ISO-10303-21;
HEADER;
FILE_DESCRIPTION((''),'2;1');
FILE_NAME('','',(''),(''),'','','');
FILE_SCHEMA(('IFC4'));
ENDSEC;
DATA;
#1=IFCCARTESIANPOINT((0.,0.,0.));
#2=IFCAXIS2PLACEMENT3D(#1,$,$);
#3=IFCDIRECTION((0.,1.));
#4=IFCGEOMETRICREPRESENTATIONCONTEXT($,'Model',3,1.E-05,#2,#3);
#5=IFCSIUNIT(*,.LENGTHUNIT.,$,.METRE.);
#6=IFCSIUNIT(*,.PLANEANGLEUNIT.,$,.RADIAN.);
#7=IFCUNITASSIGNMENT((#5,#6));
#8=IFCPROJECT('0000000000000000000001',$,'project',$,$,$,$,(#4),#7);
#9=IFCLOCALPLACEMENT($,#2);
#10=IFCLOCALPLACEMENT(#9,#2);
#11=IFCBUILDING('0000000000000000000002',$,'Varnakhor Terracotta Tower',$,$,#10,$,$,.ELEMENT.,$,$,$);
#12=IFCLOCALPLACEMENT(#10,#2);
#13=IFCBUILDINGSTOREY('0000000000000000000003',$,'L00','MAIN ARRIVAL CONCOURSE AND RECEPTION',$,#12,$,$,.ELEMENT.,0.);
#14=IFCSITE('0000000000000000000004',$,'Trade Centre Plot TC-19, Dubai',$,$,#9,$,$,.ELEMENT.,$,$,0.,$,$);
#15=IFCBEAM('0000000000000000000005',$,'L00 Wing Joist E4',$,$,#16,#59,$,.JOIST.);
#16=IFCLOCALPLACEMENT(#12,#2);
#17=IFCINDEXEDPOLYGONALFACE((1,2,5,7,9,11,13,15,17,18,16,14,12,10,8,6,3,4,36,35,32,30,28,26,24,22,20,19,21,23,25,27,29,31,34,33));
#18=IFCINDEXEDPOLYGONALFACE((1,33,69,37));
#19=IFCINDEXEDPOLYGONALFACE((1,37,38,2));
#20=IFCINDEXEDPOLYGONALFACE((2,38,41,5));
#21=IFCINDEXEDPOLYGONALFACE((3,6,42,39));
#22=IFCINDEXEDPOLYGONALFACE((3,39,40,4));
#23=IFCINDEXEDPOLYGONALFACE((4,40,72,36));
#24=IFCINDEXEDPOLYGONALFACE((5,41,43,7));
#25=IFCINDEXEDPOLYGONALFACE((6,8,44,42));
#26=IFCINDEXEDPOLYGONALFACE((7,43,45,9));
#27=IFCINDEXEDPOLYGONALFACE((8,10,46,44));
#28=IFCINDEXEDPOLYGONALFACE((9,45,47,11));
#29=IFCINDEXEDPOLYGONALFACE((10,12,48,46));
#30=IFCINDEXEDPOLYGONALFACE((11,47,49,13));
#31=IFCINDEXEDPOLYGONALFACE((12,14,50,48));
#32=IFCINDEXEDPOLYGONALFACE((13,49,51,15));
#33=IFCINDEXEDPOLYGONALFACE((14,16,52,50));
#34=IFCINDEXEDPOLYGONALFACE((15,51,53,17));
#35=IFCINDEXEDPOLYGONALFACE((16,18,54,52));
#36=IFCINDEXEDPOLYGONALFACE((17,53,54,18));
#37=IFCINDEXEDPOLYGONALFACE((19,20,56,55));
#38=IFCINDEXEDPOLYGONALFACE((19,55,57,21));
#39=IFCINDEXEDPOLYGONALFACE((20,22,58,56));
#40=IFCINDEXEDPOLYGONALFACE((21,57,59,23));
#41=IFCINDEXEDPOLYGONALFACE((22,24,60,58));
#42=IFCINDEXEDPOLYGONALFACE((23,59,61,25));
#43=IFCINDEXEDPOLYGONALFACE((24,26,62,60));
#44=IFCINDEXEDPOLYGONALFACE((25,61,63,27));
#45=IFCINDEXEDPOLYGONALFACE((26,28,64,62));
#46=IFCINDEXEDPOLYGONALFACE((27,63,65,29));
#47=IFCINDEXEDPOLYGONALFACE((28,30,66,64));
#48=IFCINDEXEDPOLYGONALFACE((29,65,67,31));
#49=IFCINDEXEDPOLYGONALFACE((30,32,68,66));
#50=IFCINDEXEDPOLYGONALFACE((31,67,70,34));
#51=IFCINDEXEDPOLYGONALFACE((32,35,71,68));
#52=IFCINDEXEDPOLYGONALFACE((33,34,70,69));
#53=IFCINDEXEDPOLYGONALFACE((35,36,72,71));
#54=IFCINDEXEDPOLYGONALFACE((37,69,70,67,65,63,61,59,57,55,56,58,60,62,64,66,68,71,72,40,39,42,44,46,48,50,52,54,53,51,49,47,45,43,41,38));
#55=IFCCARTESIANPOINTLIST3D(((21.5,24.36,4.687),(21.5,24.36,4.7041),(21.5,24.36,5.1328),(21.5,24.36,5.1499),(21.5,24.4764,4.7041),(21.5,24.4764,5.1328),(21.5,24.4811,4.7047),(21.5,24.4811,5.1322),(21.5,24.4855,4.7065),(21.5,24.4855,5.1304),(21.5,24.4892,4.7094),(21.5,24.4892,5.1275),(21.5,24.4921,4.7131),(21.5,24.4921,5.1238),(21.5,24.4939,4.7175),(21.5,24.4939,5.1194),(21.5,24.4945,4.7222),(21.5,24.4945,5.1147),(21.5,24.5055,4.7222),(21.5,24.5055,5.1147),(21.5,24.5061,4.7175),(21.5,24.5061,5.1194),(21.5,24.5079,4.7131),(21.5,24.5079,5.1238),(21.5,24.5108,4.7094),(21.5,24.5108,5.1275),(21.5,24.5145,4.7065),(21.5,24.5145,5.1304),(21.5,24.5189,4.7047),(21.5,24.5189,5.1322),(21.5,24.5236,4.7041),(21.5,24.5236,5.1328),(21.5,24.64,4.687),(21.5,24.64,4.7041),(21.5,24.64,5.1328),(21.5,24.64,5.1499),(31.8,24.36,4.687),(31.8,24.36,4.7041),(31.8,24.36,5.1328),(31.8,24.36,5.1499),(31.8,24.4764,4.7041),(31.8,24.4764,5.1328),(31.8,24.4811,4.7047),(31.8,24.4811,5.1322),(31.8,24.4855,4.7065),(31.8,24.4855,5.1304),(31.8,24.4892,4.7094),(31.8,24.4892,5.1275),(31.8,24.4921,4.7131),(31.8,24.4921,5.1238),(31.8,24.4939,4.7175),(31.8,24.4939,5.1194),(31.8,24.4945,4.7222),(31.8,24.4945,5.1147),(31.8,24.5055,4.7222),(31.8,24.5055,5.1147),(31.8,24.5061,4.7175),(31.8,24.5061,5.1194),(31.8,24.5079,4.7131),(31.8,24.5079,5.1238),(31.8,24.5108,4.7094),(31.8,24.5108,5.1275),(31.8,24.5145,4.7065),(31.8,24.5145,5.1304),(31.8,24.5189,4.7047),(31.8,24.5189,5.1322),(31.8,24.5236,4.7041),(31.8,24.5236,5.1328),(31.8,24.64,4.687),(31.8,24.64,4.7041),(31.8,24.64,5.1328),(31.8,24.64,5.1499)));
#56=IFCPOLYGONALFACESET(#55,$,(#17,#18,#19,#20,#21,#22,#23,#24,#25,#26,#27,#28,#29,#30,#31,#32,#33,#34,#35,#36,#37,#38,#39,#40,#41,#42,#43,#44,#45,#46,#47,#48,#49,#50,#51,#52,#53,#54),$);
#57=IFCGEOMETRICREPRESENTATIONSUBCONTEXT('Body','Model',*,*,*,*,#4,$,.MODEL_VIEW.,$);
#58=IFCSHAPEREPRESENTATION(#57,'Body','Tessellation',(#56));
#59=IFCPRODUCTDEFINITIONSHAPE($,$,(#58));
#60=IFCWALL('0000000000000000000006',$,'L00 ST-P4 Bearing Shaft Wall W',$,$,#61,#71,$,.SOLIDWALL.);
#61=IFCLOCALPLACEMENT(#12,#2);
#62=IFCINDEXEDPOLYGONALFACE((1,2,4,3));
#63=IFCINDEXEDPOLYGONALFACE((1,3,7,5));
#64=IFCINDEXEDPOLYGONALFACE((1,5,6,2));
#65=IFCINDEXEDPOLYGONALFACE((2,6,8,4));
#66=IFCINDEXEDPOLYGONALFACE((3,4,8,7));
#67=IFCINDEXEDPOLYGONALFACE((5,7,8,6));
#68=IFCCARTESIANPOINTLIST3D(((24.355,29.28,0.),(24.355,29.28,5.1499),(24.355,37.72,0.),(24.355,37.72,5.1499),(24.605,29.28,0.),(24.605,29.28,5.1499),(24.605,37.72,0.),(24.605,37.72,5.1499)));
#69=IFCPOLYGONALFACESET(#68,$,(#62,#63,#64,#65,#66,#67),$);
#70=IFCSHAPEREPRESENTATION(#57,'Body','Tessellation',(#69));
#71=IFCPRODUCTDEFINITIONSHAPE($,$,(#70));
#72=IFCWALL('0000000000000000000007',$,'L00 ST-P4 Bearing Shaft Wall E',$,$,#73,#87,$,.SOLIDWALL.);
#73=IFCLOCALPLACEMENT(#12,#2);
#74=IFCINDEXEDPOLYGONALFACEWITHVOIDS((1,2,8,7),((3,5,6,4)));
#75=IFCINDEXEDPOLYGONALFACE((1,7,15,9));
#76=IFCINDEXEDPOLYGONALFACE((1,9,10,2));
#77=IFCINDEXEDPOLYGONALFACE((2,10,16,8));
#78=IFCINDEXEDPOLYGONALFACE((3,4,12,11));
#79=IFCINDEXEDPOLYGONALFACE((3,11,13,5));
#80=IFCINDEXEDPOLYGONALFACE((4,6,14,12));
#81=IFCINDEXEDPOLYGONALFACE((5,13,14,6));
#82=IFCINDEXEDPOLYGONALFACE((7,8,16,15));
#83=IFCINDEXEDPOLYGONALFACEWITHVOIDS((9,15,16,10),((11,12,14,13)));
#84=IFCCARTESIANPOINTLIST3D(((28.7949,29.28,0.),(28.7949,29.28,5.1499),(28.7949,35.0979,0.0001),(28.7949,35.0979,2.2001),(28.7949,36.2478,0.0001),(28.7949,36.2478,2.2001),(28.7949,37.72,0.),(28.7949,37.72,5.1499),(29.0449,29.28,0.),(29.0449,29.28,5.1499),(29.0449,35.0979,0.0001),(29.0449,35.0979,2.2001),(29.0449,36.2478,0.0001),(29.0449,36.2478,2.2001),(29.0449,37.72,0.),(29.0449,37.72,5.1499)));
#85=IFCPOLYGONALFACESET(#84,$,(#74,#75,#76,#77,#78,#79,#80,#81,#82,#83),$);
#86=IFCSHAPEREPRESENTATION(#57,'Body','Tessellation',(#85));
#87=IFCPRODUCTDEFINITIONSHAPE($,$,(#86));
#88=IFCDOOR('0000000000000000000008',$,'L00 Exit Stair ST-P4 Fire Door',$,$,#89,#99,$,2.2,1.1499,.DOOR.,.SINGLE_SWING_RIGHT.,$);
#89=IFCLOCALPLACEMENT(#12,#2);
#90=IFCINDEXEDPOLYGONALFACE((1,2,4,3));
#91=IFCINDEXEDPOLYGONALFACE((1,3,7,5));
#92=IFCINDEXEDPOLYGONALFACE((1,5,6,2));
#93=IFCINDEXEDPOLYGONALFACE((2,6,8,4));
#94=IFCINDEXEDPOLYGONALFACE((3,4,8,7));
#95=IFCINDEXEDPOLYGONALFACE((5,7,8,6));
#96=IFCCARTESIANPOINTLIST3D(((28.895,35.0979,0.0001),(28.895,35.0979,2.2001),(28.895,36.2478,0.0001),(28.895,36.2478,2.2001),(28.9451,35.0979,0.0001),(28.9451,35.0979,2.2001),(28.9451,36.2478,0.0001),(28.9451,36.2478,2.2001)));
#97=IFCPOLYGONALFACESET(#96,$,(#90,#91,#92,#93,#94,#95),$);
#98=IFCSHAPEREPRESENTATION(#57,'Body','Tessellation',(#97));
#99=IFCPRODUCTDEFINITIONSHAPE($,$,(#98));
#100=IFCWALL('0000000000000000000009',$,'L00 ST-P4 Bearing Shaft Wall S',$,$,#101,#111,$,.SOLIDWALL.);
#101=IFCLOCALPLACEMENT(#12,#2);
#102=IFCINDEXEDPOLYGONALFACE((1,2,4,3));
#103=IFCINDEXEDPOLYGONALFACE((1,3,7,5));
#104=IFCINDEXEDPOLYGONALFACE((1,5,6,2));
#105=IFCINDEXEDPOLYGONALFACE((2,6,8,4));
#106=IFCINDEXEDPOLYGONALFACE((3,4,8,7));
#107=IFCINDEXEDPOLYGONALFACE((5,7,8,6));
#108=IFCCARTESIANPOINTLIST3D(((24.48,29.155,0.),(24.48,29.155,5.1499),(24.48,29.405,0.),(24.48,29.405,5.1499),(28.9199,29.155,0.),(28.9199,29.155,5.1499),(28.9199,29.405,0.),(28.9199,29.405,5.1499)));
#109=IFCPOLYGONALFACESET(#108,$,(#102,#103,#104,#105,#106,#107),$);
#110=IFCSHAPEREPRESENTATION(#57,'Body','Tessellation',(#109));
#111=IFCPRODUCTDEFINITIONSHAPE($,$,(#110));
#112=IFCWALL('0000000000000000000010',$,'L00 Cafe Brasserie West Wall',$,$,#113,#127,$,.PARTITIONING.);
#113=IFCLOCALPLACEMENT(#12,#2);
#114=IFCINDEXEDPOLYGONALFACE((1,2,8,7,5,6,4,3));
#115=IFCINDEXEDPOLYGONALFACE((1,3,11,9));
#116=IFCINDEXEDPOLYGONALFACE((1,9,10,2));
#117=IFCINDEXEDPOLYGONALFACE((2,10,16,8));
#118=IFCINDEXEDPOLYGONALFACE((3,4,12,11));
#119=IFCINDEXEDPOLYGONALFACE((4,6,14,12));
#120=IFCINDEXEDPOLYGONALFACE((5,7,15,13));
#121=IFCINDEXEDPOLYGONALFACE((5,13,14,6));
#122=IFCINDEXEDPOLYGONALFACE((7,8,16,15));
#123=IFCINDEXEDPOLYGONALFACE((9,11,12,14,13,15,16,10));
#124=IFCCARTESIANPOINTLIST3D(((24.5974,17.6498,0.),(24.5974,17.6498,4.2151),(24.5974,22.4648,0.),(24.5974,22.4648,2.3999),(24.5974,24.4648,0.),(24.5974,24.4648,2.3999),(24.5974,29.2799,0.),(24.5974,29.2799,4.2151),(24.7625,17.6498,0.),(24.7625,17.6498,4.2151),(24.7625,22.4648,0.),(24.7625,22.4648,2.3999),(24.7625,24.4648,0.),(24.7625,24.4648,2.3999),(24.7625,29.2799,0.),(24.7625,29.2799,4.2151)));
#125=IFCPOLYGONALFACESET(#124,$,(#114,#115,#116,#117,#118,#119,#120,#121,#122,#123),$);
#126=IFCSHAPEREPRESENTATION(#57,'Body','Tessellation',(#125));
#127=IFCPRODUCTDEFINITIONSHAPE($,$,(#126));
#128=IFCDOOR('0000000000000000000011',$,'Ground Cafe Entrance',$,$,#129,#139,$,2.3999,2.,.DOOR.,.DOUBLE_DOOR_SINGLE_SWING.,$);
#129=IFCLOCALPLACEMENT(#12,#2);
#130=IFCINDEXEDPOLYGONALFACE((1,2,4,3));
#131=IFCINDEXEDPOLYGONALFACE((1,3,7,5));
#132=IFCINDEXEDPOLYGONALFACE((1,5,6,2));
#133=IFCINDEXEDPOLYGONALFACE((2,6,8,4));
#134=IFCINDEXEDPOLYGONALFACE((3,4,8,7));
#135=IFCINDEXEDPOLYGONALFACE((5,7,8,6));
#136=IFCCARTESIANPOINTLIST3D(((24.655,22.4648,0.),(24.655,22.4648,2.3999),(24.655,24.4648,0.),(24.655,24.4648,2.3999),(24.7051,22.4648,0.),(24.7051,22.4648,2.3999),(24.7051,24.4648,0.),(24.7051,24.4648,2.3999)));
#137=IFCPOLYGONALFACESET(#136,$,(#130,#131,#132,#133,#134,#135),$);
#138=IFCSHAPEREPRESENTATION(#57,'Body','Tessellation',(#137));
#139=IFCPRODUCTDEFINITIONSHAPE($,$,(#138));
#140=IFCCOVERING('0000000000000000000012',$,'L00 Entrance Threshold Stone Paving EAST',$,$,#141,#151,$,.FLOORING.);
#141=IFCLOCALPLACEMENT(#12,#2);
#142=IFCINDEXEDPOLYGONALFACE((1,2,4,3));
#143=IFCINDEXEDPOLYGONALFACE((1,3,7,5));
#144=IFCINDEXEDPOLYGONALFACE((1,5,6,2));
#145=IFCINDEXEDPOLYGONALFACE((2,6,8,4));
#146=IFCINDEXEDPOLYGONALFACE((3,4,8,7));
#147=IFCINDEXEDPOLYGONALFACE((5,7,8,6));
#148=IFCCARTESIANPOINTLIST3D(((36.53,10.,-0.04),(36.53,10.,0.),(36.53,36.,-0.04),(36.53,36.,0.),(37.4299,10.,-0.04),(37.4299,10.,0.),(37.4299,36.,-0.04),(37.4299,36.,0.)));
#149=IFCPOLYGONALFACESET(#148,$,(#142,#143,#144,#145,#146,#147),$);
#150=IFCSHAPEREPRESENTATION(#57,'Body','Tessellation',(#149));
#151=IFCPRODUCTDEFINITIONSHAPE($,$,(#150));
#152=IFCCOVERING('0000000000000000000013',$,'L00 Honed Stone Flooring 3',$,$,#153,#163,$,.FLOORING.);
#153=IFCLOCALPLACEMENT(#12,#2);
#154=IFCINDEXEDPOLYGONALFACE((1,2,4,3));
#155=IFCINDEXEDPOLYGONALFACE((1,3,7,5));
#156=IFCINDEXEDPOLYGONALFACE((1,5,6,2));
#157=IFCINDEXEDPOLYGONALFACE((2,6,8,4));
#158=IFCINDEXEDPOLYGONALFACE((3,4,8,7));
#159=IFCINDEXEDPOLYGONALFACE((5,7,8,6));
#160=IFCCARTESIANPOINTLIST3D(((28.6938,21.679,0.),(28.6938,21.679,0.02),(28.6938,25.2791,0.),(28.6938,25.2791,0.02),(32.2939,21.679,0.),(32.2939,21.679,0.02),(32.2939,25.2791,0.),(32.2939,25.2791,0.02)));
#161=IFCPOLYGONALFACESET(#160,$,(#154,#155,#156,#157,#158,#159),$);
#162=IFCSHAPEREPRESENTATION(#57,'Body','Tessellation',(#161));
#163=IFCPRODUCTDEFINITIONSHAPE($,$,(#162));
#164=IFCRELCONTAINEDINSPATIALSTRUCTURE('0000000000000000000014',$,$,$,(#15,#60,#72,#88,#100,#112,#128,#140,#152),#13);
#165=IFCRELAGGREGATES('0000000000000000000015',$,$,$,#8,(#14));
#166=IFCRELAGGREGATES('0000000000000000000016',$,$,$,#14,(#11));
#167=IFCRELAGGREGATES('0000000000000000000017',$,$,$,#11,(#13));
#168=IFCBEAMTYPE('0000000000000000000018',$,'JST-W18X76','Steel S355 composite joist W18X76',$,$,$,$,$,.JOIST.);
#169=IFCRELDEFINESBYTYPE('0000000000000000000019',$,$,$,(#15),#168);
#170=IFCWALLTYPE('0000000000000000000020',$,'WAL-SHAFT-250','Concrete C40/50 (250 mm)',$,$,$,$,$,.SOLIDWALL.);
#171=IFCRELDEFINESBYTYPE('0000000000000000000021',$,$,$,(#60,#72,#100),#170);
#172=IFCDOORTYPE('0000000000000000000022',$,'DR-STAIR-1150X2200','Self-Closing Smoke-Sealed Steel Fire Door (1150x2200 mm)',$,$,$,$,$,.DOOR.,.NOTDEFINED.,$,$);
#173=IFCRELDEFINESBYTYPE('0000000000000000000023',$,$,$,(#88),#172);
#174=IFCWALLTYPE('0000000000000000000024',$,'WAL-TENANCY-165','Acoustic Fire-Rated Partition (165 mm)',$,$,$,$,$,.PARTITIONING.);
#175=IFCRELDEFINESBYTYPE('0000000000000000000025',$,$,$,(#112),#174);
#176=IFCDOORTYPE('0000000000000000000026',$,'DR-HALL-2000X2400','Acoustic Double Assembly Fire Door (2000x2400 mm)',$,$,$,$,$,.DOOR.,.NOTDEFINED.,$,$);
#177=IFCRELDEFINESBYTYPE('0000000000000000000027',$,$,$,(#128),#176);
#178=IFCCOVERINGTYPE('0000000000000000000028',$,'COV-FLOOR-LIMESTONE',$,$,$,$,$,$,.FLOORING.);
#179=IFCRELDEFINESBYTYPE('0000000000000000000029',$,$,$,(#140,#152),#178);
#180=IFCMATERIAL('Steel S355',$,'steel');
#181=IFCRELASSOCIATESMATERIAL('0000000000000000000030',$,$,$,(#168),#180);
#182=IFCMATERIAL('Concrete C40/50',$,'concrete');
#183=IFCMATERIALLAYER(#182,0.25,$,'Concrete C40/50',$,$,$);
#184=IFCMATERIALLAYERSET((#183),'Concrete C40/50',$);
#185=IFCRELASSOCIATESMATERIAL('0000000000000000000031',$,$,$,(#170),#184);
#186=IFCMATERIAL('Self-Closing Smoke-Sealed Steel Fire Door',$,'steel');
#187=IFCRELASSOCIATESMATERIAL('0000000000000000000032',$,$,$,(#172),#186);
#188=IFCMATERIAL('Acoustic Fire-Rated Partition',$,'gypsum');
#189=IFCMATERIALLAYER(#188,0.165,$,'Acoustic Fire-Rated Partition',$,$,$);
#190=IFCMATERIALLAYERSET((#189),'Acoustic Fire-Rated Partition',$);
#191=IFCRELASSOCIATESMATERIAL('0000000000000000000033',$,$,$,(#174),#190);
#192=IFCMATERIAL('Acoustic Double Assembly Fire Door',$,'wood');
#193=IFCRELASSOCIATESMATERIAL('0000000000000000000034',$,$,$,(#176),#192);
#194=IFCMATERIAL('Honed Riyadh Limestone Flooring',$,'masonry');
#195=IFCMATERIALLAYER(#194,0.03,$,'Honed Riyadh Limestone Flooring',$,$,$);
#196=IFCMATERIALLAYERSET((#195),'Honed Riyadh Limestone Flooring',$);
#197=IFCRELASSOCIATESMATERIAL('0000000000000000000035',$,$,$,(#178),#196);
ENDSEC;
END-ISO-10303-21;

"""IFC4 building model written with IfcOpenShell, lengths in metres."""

from ifc_helpers import new_model, si_unit, direction, frame, frame_2d, origin, origin_2d, place, context, subcontext, project, spatial, rectangle, i_section, extrude, source, transform, mapped, material, layer, layer_set, material_profile, profile_set, type_object, type_shapes, element, fill, save


model = new_model("IFC4")

# Units and contexts
model_context = context("Model", 3, precision=1e-05, world=origin(), true_north=direction((0.0, 1.0)))
body_context = subcontext(model_context, "Body", "Model", "MODEL_VIEW")
ifc_project = project(units=[si_unit("LENGTHUNIT", "METRE"), si_unit("PLANEANGLEUNIT", "RADIAN")], contexts=[model_context])

# Site, building, storey
site_placement = place(None, origin())
site = spatial("IfcSite", under=ifc_project, at=site_placement, Name="Trade Centre Plot TC-19, Dubai", CompositionType="ELEMENT", RefElevation=0.0)
building_placement = place(site_placement, origin())
building = spatial("IfcBuilding", under=site, at=building_placement, Name="Varnakhor Terracotta Tower", CompositionType="ELEMENT")
storey_placement = place(building_placement, origin())
storey = spatial("IfcBuildingStorey", under=building, at=storey_placement, Name="L00", Description="MAIN ARRIVAL CONCOURSE AND RECEPTION", CompositionType="ELEMENT", Elevation=0.0)

# Beam
ifc_material_1 = material(Name="Steel S355", Category="steel")
ifc_material_profile_1 = material_profile(ifc_material_1, i_section(OverallWidth=0.28, OverallDepth=0.4629, WebThickness=0.011, FlangeThickness=0.0171, FilletRadius=0.0181, at=origin_2d()), Name="W18X76")
ifc_profile_set_1 = profile_set([ifc_material_profile_1], Name="Steel S355")
beam_type_1 = type_object("IfcBeamType", Name="JST-W18X76", Description="Steel S355 composite joist W18X76", PredefinedType="JOIST", material=ifc_profile_set_1)
shared_shape_1 = source(origin(), body_context, "Body", "SweptSolid", [
    extrude(i_section(OverallWidth=0.28, OverallDepth=0.4629, WebThickness=0.011, FlangeThickness=0.0171, FilletRadius=0.0181, at=origin_2d()), origin(), (0.0, 0.0, 1.0), 10.3),
])
for number, where, z_axis, x_axis, name in (
    (1, (21.5, 24.5, 4.9185), (1.0, 0.0, 0.0), (0.0, 1.0, 0.0), "L00 Wing Joist E4"),
):
    element("IfcBeam", number, at=place(storey_placement, frame(where, z_axis=z_axis, x_axis=x_axis)), inside=storey, type_object=beam_type_1, Name=name, PredefinedType="JOIST", context=body_context, shape_type="MappedRepresentation", body=[
        mapped(shared_shape_1, transform((0.0, 0.0, 0.0), scale=1.0)),
    ])

# Wall
ifc_material_2 = material(Name="Concrete C40/50", Category="concrete")
ifc_layer_1 = layer(ifc_material_2, 0.25, Name="Concrete C40/50")
ifc_layer_set_1 = layer_set([ifc_layer_1], Name="Concrete C40/50")
wall_type_1 = type_object("IfcWallType", Name="WAL-SHAFT-250", Description="Concrete C40/50 (250 mm)", PredefinedType="SOLIDWALL", material=ifc_layer_set_1)
wall_1_placement = place(storey_placement, frame((24.48, 29.28, 0.0), z_axis=(0.0, 0.0, 1.0), x_axis=(0.0, 1.0, 0.0)))
element("IfcWall", 2, at=wall_1_placement, inside=storey, type_object=wall_type_1, Name="L00 ST-P4 Bearing Shaft Wall W", PredefinedType="SOLIDWALL", context=body_context, shape_type="SweptSolid", body=[
    extrude(rectangle(XDim=8.4399, YDim=0.25, at=frame_2d((4.22, 0.0))), origin(), (0.0, 0.0, 1.0), 5.1499),
])

# Wall, opening, door
wall_2_placement = place(storey_placement, frame((28.9199, 29.28, 0.0), z_axis=(0.0, 0.0, 1.0), x_axis=(0.0, 1.0, 0.0)))
wall_2 = element("IfcWall", 3, at=wall_2_placement, inside=storey, type_object=wall_type_1, Name="L00 ST-P4 Bearing Shaft Wall E", PredefinedType="SOLIDWALL", context=body_context, shape_type="SweptSolid", body=[
    extrude(rectangle(XDim=8.4399, YDim=0.25, at=frame_2d((4.22, 0.0))), origin(), (0.0, 0.0, 1.0), 5.1499),
])
opening_1_placement = place(wall_2_placement, frame((5.8179, 0.0, 0.0)))
opening_1 = element("IfcOpeningElement", 4, at=opening_1_placement, cuts=wall_2, PredefinedType="OPENING", context=body_context, shape_type="SweptSolid", body=[
    extrude(rectangle(XDim=1.1499, YDim=2.2, at=frame_2d((0.575, 1.1001))), frame((0.0, 0.135, 0.0), z_axis=(0.0, -1.0, 0.0), x_axis=(1.0, 0.0, 0.0)), (0.0, 0.0, 1.0), 0.27),
])
ifc_material_3 = material(Name="Self-Closing Smoke-Sealed Steel Fire Door", Category="steel")
door_type_1 = type_object("IfcDoorType", Name="DR-STAIR-1150X2200", Description="Self-Closing Smoke-Sealed Steel Fire Door (1150x2200 mm)", OperationType="NOTDEFINED", PredefinedType="DOOR", material=ifc_material_3)
shared_shape_2 = source(origin(), body_context, "Body", "SweptSolid", [
    extrude(rectangle(XDim=1.1499, YDim=2.2, at=frame_2d((0.575, 1.1001))), frame((0.0, 0.0249, 0.0), z_axis=(0.0, -1.0, 0.0), x_axis=(1.0, 0.0, 0.0)), (0.0, 0.0, 1.0), 0.05),
])
type_shapes(door_type_1, [shared_shape_2])
door_1_placement = place(opening_1_placement, origin())
door_1 = element("IfcDoor", 5, at=door_1_placement, inside=storey, type_object=door_type_1, Name="L00 Exit Stair ST-P4 Fire Door", OperationType="SINGLE_SWING_RIGHT", OverallHeight=2.2, OverallWidth=1.1499, PredefinedType="DOOR", context=body_context, shape_type="MappedRepresentation", body=[
    mapped(shared_shape_2, transform((0.0, 0.0, 0.0), scale=1.0)),
])
fill(opening_1, door_1)

# Wall
wall_3_placement = place(storey_placement, frame((28.9199, 29.28, 0.0), z_axis=(0.0, 0.0, 1.0), x_axis=(-1.0, 0.0, 0.0)))
element("IfcWall", 6, at=wall_3_placement, inside=storey, type_object=wall_type_1, Name="L00 ST-P4 Bearing Shaft Wall S", PredefinedType="SOLIDWALL", context=body_context, shape_type="SweptSolid", body=[
    extrude(rectangle(XDim=4.4399, YDim=0.25, at=frame_2d((2.22, 0.0))), origin(), (0.0, 0.0, 1.0), 5.1499),
])

# Wall, opening, door
ifc_material_4 = material(Name="Acoustic Fire-Rated Partition", Category="gypsum")
ifc_layer_2 = layer(ifc_material_4, 0.165, Name="Acoustic Fire-Rated Partition")
ifc_layer_set_2 = layer_set([ifc_layer_2], Name="Acoustic Fire-Rated Partition")
wall_type_2 = type_object("IfcWallType", Name="WAL-TENANCY-165", Description="Acoustic Fire-Rated Partition (165 mm)", PredefinedType="PARTITIONING", material=ifc_layer_set_2)
wall_4_placement = place(storey_placement, frame((24.6799, 17.6499, 0.0), z_axis=(0.0, 0.0, 1.0), x_axis=(0.0, 1.0, 0.0)))
wall_4 = element("IfcWall", 7, at=wall_4_placement, inside=storey, type_object=wall_type_2, Name="L00 Cafe Brasserie West Wall", PredefinedType="PARTITIONING", context=body_context, shape_type="SweptSolid", body=[
    extrude(rectangle(XDim=11.6301, YDim=0.165, at=frame_2d((5.8149, 0.0))), origin(), (0.0, 0.0, 1.0), 4.2151),
])
opening_2_placement = place(wall_4_placement, frame((4.8149, 0.0, 0.0)))
opening_2 = element("IfcOpeningElement", 8, at=opening_2_placement, cuts=wall_4, PredefinedType="OPENING", context=body_context, shape_type="SweptSolid", body=[
    extrude(rectangle(XDim=2.0, YDim=2.3999, at=frame_2d((1.0, 1.2))), frame((0.0, 0.0925, 0.0), z_axis=(0.0, -1.0, 0.0), x_axis=(1.0, 0.0, 0.0)), (0.0, 0.0, 1.0), 0.1851),
])
ifc_material_5 = material(Name="Acoustic Double Assembly Fire Door", Category="wood")
door_type_2 = type_object("IfcDoorType", Name="DR-HALL-2000X2400", Description="Acoustic Double Assembly Fire Door (2000x2400 mm)", OperationType="NOTDEFINED", PredefinedType="DOOR", material=ifc_material_5)
shared_shape_3 = source(origin(), body_context, "Body", "SweptSolid", [
    extrude(rectangle(XDim=2.0, YDim=2.3999, at=frame_2d((1.0, 1.2))), frame((0.0, 0.0249, 0.0), z_axis=(0.0, -1.0, 0.0), x_axis=(1.0, 0.0, 0.0)), (0.0, 0.0, 1.0), 0.05),
])
type_shapes(door_type_2, [shared_shape_3])
door_2_placement = place(opening_2_placement, origin())
door_2 = element("IfcDoor", 9, at=door_2_placement, inside=storey, type_object=door_type_2, Name="Ground Cafe Entrance", OperationType="DOUBLE_DOOR_SINGLE_SWING", OverallHeight=2.3999, OverallWidth=2.0, PredefinedType="DOOR", context=body_context, shape_type="MappedRepresentation", body=[
    mapped(shared_shape_3, transform((0.0, 0.0, 0.0), scale=1.0)),
])
fill(opening_2, door_2)

# Coverings
ifc_material_6 = material(Name="Honed Riyadh Limestone Flooring", Category="masonry")
ifc_layer_3 = layer(ifc_material_6, 0.03, Name="Honed Riyadh Limestone Flooring")
ifc_layer_set_3 = layer_set([ifc_layer_3], Name="Honed Riyadh Limestone Flooring")
covering_type = type_object("IfcCoveringType", Name="COV-FLOOR-LIMESTONE", PredefinedType="FLOORING", material=ifc_layer_set_3)
shared_shape_4 = source(origin(), body_context, "Body", "SweptSolid", [
    extrude(rectangle(XDim=0.8999, YDim=26.0, at=origin_2d()), origin(), (0.0, 0.0, 1.0), 0.04),
])
type_shapes(covering_type, [shared_shape_4])
covering_1_placement = place(storey_placement, frame((36.98, 23.0, -0.04), z_axis=(0.0, 0.0, 1.0), x_axis=(1.0, 0.0, 0.0)))
element("IfcCovering", 10, at=covering_1_placement, inside=storey, type_object=covering_type, Name="L00 Entrance Threshold Stone Paving EAST", PredefinedType="FLOORING", context=body_context, shape_type="MappedRepresentation", body=[
    mapped(shared_shape_4, transform((0.0, 0.0, 0.0), scale=1.0)),
])
shared_shape_5 = source(origin(), body_context, "Body", "SweptSolid", [
    extrude(rectangle(XDim=3.6001, YDim=3.6001, at=origin_2d()), origin(), (0.0, 0.0, 1.0), 0.02),
])
covering_2_placement = place(storey_placement, frame((30.4939, 23.479, 0.0), z_axis=(0.0, 0.0, 1.0), x_axis=(1.0, 0.0, 0.0)))
element("IfcCovering", 11, at=covering_2_placement, inside=storey, type_object=covering_type, Name="L00 Honed Stone Flooring 3", PredefinedType="FLOORING", context=body_context, shape_type="MappedRepresentation", body=[
    mapped(shared_shape_5, transform((0.0, 0.0, 0.0), scale=1.0)),
])

save(model, "model.ifc")
